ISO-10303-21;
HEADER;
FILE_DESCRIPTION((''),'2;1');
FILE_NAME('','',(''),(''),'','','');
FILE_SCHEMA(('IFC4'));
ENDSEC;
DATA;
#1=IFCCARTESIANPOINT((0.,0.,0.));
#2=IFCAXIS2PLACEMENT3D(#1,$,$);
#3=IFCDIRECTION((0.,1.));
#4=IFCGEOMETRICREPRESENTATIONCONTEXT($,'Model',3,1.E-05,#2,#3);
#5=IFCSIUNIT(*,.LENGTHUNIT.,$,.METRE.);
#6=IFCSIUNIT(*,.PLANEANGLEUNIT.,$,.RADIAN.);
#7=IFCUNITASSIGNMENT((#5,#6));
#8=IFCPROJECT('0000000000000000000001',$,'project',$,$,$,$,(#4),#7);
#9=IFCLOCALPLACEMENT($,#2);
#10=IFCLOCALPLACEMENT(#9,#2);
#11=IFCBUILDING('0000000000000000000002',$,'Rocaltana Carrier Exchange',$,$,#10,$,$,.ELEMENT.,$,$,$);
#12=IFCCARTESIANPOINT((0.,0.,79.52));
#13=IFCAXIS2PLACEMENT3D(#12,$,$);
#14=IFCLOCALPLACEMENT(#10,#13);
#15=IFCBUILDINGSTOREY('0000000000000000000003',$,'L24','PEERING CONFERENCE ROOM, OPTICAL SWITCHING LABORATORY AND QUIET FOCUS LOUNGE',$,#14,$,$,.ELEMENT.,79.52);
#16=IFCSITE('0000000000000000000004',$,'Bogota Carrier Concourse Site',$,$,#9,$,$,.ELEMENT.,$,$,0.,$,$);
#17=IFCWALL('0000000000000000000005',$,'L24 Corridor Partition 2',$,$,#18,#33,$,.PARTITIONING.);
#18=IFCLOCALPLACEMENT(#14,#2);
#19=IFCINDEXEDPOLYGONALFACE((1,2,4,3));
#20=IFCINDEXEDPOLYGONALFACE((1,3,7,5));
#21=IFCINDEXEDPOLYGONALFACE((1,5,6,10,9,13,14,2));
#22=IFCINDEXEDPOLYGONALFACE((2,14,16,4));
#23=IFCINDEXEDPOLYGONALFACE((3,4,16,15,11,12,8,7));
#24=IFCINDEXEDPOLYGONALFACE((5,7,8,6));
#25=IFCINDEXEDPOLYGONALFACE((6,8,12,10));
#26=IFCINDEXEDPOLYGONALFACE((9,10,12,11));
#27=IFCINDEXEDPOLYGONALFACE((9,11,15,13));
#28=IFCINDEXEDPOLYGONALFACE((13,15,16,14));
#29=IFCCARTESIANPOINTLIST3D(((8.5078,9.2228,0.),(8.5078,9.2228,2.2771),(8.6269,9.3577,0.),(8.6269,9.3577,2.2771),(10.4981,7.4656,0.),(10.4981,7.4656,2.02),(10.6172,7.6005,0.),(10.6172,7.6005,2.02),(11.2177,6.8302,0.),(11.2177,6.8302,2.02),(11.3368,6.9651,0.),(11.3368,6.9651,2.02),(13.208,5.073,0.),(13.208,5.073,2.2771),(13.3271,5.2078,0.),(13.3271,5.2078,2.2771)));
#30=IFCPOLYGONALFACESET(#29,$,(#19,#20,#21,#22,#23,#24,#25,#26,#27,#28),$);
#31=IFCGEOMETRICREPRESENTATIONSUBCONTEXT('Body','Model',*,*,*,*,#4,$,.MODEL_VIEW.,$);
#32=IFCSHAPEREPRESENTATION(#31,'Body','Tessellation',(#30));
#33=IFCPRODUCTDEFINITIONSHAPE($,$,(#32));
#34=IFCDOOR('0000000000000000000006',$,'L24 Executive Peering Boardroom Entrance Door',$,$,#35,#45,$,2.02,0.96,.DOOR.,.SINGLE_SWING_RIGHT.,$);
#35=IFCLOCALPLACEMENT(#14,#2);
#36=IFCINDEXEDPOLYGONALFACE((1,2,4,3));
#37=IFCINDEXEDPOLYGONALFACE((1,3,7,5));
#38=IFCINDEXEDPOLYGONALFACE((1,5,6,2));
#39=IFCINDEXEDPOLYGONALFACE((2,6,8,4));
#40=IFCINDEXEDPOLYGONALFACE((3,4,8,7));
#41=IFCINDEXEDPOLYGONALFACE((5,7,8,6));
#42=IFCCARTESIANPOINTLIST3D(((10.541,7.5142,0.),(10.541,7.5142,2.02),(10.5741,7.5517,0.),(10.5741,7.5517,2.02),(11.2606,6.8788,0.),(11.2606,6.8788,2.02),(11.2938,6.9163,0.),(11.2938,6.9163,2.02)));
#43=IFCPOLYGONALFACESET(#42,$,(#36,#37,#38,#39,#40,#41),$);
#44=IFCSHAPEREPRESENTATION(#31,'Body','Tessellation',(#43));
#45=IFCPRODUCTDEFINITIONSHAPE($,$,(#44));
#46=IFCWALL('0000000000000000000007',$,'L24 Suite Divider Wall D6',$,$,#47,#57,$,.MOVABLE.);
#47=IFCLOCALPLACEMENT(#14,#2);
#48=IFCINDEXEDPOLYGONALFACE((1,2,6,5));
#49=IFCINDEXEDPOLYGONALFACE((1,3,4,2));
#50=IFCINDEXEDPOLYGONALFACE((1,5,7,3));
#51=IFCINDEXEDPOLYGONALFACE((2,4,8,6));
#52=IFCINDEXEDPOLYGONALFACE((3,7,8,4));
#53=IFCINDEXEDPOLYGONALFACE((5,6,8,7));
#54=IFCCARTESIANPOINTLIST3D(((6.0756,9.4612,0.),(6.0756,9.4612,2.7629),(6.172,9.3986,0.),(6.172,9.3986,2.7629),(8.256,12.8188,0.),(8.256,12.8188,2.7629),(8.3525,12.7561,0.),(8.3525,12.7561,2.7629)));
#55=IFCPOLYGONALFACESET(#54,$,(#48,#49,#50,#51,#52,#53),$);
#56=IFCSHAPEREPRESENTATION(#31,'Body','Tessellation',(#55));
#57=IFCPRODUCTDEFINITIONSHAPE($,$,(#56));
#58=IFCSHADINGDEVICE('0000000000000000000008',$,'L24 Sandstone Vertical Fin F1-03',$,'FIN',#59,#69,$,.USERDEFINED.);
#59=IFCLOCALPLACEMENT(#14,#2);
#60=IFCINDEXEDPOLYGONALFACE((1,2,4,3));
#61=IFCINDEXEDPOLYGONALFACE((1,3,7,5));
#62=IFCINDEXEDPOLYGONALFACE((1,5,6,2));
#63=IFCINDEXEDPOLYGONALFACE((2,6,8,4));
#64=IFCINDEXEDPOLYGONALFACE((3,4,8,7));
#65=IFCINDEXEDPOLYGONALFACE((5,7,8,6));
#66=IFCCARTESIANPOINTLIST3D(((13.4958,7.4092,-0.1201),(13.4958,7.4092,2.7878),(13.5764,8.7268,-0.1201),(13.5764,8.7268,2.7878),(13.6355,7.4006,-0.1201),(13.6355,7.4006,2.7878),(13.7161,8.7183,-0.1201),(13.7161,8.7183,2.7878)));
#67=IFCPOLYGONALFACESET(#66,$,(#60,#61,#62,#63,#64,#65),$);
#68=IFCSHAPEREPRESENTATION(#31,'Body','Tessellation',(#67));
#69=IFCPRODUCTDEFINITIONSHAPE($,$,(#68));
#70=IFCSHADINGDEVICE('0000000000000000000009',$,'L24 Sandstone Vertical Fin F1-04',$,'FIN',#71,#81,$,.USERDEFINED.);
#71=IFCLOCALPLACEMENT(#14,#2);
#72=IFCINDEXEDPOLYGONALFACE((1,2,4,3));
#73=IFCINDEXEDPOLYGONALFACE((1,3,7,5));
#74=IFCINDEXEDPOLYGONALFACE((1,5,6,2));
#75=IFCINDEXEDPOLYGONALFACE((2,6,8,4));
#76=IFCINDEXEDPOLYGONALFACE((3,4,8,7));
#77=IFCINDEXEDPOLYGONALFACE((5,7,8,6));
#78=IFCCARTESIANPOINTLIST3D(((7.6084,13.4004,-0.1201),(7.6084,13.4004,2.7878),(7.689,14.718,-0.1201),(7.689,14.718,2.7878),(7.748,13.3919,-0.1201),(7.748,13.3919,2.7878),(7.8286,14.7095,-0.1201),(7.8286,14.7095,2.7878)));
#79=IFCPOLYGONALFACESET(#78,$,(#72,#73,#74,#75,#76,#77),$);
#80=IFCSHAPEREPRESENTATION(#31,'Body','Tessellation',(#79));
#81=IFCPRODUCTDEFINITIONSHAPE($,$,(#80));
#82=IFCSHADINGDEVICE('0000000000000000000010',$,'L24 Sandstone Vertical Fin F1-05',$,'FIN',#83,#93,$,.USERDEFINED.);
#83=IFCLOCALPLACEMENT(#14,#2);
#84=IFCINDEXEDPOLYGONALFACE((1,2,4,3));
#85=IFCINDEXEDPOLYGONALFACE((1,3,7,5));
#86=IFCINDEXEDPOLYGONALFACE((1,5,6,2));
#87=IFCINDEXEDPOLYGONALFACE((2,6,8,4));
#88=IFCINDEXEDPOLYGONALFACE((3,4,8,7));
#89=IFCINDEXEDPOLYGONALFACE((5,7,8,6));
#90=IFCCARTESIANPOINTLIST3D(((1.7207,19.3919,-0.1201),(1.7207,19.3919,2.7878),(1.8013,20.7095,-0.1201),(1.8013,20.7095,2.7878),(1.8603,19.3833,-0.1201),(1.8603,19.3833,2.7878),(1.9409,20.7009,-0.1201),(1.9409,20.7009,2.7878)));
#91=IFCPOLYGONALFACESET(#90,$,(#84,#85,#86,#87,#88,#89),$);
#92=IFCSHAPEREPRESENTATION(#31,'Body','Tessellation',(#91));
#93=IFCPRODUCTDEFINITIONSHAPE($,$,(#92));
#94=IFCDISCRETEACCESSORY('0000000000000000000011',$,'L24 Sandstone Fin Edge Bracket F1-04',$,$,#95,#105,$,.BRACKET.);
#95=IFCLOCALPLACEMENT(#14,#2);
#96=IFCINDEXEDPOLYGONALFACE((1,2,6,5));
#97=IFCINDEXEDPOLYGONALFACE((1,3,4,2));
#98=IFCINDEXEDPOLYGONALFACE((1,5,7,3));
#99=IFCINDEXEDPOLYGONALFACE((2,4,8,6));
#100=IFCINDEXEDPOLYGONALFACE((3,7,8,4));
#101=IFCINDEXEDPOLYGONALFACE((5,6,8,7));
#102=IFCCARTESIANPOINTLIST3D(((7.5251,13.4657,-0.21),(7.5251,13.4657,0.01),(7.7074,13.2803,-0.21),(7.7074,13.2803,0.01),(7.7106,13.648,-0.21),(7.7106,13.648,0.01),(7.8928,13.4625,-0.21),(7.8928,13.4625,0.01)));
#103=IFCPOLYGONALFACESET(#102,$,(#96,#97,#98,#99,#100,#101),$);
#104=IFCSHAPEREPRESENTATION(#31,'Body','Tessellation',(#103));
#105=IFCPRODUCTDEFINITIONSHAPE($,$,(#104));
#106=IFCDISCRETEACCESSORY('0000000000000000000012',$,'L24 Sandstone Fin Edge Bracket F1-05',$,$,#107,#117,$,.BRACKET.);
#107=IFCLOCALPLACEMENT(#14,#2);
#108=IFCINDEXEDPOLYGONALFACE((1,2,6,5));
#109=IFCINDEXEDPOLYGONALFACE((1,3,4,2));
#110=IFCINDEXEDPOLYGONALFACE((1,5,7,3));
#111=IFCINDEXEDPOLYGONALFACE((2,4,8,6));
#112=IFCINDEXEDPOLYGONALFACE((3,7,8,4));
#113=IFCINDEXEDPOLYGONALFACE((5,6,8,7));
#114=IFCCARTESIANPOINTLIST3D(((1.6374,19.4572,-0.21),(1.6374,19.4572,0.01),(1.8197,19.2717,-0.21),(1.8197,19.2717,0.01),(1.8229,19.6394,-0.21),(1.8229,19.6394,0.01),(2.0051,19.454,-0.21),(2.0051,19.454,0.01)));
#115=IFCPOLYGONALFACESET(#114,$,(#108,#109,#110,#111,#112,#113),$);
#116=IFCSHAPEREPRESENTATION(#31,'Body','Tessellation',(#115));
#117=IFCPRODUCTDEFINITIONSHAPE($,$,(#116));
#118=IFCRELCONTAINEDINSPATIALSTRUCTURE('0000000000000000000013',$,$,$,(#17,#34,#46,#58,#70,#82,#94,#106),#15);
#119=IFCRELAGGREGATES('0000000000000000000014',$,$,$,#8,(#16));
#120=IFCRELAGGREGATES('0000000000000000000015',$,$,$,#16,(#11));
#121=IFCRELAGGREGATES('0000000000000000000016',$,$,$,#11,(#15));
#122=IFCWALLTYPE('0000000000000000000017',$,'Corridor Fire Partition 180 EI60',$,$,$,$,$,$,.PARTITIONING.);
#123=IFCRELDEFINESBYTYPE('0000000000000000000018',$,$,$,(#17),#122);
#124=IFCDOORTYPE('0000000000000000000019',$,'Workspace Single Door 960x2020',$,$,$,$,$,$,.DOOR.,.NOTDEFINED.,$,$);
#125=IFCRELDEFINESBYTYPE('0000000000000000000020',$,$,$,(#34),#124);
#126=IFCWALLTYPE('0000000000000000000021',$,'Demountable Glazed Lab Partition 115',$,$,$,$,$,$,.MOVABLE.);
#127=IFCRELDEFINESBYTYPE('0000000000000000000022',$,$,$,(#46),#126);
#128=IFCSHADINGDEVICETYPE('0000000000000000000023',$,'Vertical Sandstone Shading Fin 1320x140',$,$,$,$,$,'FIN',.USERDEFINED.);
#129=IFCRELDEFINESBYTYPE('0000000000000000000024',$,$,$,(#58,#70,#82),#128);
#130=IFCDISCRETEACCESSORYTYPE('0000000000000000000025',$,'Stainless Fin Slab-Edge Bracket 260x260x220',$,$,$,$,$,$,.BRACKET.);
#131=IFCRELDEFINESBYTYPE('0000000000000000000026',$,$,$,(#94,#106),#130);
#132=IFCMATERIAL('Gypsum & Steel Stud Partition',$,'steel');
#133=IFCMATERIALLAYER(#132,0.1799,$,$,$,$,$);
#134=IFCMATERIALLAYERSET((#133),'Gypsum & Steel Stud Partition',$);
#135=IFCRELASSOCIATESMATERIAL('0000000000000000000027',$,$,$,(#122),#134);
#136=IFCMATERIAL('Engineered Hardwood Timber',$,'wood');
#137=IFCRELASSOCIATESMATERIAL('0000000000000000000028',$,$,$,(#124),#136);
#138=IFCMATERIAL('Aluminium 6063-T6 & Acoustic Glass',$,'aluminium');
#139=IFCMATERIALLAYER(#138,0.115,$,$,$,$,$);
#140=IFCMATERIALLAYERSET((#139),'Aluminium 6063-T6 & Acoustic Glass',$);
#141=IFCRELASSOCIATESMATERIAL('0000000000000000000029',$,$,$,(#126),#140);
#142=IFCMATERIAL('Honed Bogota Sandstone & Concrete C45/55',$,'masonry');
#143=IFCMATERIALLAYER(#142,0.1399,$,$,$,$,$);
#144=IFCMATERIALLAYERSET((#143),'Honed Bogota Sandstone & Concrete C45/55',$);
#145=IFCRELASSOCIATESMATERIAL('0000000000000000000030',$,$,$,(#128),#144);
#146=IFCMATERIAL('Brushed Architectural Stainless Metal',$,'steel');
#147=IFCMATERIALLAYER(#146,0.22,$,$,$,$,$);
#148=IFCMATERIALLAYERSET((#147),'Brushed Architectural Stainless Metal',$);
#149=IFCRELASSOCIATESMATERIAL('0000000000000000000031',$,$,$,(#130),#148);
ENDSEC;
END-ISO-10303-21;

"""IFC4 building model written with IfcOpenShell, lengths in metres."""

from ifc_helpers import new_model, si_unit, direction, frame, frame_2d, origin, origin_2d, place, context, subcontext, project, spatial, rectangle, extrude, material, layer, layer_set, type_object, element, fill, save


model = new_model("IFC4")

# Units and contexts
model_context = context("Model", 3, precision=1e-05, world=origin(), true_north=direction((0.0, 1.0)))
body_context = subcontext(model_context, "Body", "Model", "MODEL_VIEW")
ifc_project = project(units=[si_unit("LENGTHUNIT", "METRE"), si_unit("PLANEANGLEUNIT", "RADIAN")], contexts=[model_context])

# Site, building, storey
site_placement = place(None, origin())
site = spatial("IfcSite", under=ifc_project, at=site_placement, Name="Bogota Carrier Concourse Site", CompositionType="ELEMENT", RefElevation=0.0)
building_placement = place(site_placement, origin())
building = spatial("IfcBuilding", under=site, at=building_placement, Name="Rocaltana Carrier Exchange", CompositionType="ELEMENT")
storey_placement = place(building_placement, frame((0.0, 0.0, 79.52)))
storey = spatial("IfcBuildingStorey", under=building, at=storey_placement, Name="L24", Description="PEERING CONFERENCE ROOM, OPTICAL SWITCHING LABORATORY AND QUIET FOCUS LOUNGE", CompositionType="ELEMENT", Elevation=79.52)

# Wall, opening, door
ifc_material_1 = material(Name="Gypsum & Steel Stud Partition", Category="steel")
ifc_layer_1 = layer(ifc_material_1, 0.1799)
ifc_layer_set_1 = layer_set([ifc_layer_1], Name="Gypsum & Steel Stud Partition")
wall_type_1 = type_object("IfcWallType", Name="Corridor Fire Partition 180 EI60", PredefinedType="PARTITIONING", material=ifc_layer_set_1)
wall_1_placement = place(storey_placement, frame((8.5674, 9.2903, 0.0), z_axis=(0.0, 0.0, 1.0), x_axis=(0.749626, -0.661861, 0.0)))
wall_1 = element("IfcWall", 1, at=wall_1_placement, inside=storey, type_object=wall_type_1, Name="L24 Corridor Partition 2", PredefinedType="PARTITIONING", context=body_context, shape_type="SweptSolid", body=[
    extrude(rectangle(XDim=6.27, YDim=0.1799, at=frame_2d((3.135, 0.0))), origin(), (0.0, 0.0, 1.0), 2.2771),
])
opening_placement = place(wall_1_placement, frame((2.655, 0.0, 0.0)))
opening = element("IfcOpeningElement", 2, at=opening_placement, cuts=wall_1, PredefinedType="OPENING", context=body_context, shape_type="SweptSolid", body=[
    extrude(rectangle(XDim=0.96, YDim=2.02, at=frame_2d((0.48, 1.01))), frame((0.0, 0.0999, 0.0), z_axis=(0.0, -1.0, 0.0), x_axis=(1.0, 0.0, 0.0)), (0.0, 0.0, 1.0), 0.2),
])
ifc_material_2 = material(Name="Engineered Hardwood Timber", Category="wood")
door_type = type_object("IfcDoorType", Name="Workspace Single Door 960x2020", OperationType="NOTDEFINED", PredefinedType="DOOR", material=ifc_material_2)
door_placement = place(opening_placement, origin())
door = element("IfcDoor", 3, at=door_placement, inside=storey, type_object=door_type, Name="L24 Executive Peering Boardroom Entrance Door", OperationType="SINGLE_SWING_RIGHT", OverallHeight=2.02, OverallWidth=0.96, PredefinedType="DOOR", context=body_context, shape_type="SweptSolid", body=[
    extrude(rectangle(XDim=0.96, YDim=2.02, at=frame_2d((0.48, 1.01))), frame((0.0, 0.0249, 0.0), z_axis=(0.0, -1.0, 0.0), x_axis=(1.0, 0.0, 0.0)), (0.0, 0.0, 1.0), 0.05),
])
fill(opening, door)

# Wall
ifc_material_3 = material(Name="Aluminium 6063-T6 & Acoustic Glass", Category="aluminium")
ifc_layer_2 = layer(ifc_material_3, 0.115)
ifc_layer_set_2 = layer_set([ifc_layer_2], Name="Aluminium 6063-T6 & Acoustic Glass")
wall_type_2 = type_object("IfcWallType", Name="Demountable Glazed Lab Partition 115", PredefinedType="MOVABLE", material=ifc_layer_set_2)
wall_2_placement = place(storey_placement, frame((6.1238, 9.4299, 0.0), z_axis=(0.0, 0.0, 1.0), x_axis=(0.544654, 0.838661, 0.0)))
element("IfcWall", 4, at=wall_2_placement, inside=storey, type_object=wall_type_2, Name="L24 Suite Divider Wall D6", PredefinedType="MOVABLE", context=body_context, shape_type="SweptSolid", body=[
    extrude(rectangle(XDim=4.0034, YDim=0.115, at=frame_2d((2.0017, 0.0))), origin(), (0.0, 0.0, 1.0), 2.7629),
])

# Shading devices
ifc_material_4 = material(Name="Honed Bogota Sandstone & Concrete C45/55", Category="masonry")
ifc_layer_3 = layer(ifc_material_4, 0.1399)
ifc_layer_set_3 = layer_set([ifc_layer_3], Name="Honed Bogota Sandstone & Concrete C45/55")
shading_device_type = type_object("IfcShadingDeviceType", Name="Vertical Sandstone Shading Fin 1320x140", ElementType="FIN", PredefinedType="USERDEFINED", material=ifc_layer_set_3)
for number, where, z_axis, x_axis, name in (
    (5, (13.606, 8.0637, -0.1201), (0.0, 0.0, 1.0), (0.061049, 0.998135, 0.0), "L24 Sandstone Vertical Fin F1-03"),
    (6, (7.7185, 14.0549, -0.1201), (0.0, 0.0, 1.0), (0.061049, 0.998135, 0.0), "L24 Sandstone Vertical Fin F1-04"),
    (7, (1.8308, 20.0464, -0.1201), (0.0, 0.0, 1.0), (0.061049, 0.998135, 0.0), "L24 Sandstone Vertical Fin F1-05"),
):
    element("IfcShadingDevice", number, at=place(storey_placement, frame(where, z_axis=z_axis, x_axis=x_axis)), inside=storey, type_object=shading_device_type, Name=name, ObjectType="FIN", PredefinedType="USERDEFINED", context=body_context, shape_type="SweptSolid", body=[
        extrude(rectangle(XDim=1.3201, YDim=0.1399, at=origin_2d()), origin(), (0.0, 0.0, 1.0), 2.908),
    ])

# Discrete accessories
ifc_material_5 = material(Name="Brushed Architectural Stainless Metal", Category="steel")
ifc_layer_4 = layer(ifc_material_5, 0.22)
ifc_layer_set_4 = layer_set([ifc_layer_4], Name="Brushed Architectural Stainless Metal")
discrete_accessory_type = type_object("IfcDiscreteAccessoryType", Name="Stainless Fin Slab-Edge Bracket 260x260x220", PredefinedType="BRACKET", material=ifc_layer_set_4)
for number, where, z_axis, x_axis, name in (
    (8, (7.709, 13.4641, -0.21), (0.0, 0.0, 1.0), (-0.700909, 0.71325, 0.0), "L24 Sandstone Fin Edge Bracket F1-04"),
    (9, (1.8213, 19.4556, -0.21), (0.0, 0.0, 1.0), (-0.700909, 0.71325, 0.0), "L24 Sandstone Fin Edge Bracket F1-05"),
):
    element("IfcDiscreteAccessory", number, at=place(storey_placement, frame(where, z_axis=z_axis, x_axis=x_axis)), inside=storey, type_object=discrete_accessory_type, Name=name, PredefinedType="BRACKET", context=body_context, shape_type="SweptSolid", body=[
        extrude(rectangle(XDim=0.26, YDim=0.26, at=origin_2d()), origin(), (0.0, 0.0, 1.0), 0.22),
    ])

save(model, "model.ifc")
